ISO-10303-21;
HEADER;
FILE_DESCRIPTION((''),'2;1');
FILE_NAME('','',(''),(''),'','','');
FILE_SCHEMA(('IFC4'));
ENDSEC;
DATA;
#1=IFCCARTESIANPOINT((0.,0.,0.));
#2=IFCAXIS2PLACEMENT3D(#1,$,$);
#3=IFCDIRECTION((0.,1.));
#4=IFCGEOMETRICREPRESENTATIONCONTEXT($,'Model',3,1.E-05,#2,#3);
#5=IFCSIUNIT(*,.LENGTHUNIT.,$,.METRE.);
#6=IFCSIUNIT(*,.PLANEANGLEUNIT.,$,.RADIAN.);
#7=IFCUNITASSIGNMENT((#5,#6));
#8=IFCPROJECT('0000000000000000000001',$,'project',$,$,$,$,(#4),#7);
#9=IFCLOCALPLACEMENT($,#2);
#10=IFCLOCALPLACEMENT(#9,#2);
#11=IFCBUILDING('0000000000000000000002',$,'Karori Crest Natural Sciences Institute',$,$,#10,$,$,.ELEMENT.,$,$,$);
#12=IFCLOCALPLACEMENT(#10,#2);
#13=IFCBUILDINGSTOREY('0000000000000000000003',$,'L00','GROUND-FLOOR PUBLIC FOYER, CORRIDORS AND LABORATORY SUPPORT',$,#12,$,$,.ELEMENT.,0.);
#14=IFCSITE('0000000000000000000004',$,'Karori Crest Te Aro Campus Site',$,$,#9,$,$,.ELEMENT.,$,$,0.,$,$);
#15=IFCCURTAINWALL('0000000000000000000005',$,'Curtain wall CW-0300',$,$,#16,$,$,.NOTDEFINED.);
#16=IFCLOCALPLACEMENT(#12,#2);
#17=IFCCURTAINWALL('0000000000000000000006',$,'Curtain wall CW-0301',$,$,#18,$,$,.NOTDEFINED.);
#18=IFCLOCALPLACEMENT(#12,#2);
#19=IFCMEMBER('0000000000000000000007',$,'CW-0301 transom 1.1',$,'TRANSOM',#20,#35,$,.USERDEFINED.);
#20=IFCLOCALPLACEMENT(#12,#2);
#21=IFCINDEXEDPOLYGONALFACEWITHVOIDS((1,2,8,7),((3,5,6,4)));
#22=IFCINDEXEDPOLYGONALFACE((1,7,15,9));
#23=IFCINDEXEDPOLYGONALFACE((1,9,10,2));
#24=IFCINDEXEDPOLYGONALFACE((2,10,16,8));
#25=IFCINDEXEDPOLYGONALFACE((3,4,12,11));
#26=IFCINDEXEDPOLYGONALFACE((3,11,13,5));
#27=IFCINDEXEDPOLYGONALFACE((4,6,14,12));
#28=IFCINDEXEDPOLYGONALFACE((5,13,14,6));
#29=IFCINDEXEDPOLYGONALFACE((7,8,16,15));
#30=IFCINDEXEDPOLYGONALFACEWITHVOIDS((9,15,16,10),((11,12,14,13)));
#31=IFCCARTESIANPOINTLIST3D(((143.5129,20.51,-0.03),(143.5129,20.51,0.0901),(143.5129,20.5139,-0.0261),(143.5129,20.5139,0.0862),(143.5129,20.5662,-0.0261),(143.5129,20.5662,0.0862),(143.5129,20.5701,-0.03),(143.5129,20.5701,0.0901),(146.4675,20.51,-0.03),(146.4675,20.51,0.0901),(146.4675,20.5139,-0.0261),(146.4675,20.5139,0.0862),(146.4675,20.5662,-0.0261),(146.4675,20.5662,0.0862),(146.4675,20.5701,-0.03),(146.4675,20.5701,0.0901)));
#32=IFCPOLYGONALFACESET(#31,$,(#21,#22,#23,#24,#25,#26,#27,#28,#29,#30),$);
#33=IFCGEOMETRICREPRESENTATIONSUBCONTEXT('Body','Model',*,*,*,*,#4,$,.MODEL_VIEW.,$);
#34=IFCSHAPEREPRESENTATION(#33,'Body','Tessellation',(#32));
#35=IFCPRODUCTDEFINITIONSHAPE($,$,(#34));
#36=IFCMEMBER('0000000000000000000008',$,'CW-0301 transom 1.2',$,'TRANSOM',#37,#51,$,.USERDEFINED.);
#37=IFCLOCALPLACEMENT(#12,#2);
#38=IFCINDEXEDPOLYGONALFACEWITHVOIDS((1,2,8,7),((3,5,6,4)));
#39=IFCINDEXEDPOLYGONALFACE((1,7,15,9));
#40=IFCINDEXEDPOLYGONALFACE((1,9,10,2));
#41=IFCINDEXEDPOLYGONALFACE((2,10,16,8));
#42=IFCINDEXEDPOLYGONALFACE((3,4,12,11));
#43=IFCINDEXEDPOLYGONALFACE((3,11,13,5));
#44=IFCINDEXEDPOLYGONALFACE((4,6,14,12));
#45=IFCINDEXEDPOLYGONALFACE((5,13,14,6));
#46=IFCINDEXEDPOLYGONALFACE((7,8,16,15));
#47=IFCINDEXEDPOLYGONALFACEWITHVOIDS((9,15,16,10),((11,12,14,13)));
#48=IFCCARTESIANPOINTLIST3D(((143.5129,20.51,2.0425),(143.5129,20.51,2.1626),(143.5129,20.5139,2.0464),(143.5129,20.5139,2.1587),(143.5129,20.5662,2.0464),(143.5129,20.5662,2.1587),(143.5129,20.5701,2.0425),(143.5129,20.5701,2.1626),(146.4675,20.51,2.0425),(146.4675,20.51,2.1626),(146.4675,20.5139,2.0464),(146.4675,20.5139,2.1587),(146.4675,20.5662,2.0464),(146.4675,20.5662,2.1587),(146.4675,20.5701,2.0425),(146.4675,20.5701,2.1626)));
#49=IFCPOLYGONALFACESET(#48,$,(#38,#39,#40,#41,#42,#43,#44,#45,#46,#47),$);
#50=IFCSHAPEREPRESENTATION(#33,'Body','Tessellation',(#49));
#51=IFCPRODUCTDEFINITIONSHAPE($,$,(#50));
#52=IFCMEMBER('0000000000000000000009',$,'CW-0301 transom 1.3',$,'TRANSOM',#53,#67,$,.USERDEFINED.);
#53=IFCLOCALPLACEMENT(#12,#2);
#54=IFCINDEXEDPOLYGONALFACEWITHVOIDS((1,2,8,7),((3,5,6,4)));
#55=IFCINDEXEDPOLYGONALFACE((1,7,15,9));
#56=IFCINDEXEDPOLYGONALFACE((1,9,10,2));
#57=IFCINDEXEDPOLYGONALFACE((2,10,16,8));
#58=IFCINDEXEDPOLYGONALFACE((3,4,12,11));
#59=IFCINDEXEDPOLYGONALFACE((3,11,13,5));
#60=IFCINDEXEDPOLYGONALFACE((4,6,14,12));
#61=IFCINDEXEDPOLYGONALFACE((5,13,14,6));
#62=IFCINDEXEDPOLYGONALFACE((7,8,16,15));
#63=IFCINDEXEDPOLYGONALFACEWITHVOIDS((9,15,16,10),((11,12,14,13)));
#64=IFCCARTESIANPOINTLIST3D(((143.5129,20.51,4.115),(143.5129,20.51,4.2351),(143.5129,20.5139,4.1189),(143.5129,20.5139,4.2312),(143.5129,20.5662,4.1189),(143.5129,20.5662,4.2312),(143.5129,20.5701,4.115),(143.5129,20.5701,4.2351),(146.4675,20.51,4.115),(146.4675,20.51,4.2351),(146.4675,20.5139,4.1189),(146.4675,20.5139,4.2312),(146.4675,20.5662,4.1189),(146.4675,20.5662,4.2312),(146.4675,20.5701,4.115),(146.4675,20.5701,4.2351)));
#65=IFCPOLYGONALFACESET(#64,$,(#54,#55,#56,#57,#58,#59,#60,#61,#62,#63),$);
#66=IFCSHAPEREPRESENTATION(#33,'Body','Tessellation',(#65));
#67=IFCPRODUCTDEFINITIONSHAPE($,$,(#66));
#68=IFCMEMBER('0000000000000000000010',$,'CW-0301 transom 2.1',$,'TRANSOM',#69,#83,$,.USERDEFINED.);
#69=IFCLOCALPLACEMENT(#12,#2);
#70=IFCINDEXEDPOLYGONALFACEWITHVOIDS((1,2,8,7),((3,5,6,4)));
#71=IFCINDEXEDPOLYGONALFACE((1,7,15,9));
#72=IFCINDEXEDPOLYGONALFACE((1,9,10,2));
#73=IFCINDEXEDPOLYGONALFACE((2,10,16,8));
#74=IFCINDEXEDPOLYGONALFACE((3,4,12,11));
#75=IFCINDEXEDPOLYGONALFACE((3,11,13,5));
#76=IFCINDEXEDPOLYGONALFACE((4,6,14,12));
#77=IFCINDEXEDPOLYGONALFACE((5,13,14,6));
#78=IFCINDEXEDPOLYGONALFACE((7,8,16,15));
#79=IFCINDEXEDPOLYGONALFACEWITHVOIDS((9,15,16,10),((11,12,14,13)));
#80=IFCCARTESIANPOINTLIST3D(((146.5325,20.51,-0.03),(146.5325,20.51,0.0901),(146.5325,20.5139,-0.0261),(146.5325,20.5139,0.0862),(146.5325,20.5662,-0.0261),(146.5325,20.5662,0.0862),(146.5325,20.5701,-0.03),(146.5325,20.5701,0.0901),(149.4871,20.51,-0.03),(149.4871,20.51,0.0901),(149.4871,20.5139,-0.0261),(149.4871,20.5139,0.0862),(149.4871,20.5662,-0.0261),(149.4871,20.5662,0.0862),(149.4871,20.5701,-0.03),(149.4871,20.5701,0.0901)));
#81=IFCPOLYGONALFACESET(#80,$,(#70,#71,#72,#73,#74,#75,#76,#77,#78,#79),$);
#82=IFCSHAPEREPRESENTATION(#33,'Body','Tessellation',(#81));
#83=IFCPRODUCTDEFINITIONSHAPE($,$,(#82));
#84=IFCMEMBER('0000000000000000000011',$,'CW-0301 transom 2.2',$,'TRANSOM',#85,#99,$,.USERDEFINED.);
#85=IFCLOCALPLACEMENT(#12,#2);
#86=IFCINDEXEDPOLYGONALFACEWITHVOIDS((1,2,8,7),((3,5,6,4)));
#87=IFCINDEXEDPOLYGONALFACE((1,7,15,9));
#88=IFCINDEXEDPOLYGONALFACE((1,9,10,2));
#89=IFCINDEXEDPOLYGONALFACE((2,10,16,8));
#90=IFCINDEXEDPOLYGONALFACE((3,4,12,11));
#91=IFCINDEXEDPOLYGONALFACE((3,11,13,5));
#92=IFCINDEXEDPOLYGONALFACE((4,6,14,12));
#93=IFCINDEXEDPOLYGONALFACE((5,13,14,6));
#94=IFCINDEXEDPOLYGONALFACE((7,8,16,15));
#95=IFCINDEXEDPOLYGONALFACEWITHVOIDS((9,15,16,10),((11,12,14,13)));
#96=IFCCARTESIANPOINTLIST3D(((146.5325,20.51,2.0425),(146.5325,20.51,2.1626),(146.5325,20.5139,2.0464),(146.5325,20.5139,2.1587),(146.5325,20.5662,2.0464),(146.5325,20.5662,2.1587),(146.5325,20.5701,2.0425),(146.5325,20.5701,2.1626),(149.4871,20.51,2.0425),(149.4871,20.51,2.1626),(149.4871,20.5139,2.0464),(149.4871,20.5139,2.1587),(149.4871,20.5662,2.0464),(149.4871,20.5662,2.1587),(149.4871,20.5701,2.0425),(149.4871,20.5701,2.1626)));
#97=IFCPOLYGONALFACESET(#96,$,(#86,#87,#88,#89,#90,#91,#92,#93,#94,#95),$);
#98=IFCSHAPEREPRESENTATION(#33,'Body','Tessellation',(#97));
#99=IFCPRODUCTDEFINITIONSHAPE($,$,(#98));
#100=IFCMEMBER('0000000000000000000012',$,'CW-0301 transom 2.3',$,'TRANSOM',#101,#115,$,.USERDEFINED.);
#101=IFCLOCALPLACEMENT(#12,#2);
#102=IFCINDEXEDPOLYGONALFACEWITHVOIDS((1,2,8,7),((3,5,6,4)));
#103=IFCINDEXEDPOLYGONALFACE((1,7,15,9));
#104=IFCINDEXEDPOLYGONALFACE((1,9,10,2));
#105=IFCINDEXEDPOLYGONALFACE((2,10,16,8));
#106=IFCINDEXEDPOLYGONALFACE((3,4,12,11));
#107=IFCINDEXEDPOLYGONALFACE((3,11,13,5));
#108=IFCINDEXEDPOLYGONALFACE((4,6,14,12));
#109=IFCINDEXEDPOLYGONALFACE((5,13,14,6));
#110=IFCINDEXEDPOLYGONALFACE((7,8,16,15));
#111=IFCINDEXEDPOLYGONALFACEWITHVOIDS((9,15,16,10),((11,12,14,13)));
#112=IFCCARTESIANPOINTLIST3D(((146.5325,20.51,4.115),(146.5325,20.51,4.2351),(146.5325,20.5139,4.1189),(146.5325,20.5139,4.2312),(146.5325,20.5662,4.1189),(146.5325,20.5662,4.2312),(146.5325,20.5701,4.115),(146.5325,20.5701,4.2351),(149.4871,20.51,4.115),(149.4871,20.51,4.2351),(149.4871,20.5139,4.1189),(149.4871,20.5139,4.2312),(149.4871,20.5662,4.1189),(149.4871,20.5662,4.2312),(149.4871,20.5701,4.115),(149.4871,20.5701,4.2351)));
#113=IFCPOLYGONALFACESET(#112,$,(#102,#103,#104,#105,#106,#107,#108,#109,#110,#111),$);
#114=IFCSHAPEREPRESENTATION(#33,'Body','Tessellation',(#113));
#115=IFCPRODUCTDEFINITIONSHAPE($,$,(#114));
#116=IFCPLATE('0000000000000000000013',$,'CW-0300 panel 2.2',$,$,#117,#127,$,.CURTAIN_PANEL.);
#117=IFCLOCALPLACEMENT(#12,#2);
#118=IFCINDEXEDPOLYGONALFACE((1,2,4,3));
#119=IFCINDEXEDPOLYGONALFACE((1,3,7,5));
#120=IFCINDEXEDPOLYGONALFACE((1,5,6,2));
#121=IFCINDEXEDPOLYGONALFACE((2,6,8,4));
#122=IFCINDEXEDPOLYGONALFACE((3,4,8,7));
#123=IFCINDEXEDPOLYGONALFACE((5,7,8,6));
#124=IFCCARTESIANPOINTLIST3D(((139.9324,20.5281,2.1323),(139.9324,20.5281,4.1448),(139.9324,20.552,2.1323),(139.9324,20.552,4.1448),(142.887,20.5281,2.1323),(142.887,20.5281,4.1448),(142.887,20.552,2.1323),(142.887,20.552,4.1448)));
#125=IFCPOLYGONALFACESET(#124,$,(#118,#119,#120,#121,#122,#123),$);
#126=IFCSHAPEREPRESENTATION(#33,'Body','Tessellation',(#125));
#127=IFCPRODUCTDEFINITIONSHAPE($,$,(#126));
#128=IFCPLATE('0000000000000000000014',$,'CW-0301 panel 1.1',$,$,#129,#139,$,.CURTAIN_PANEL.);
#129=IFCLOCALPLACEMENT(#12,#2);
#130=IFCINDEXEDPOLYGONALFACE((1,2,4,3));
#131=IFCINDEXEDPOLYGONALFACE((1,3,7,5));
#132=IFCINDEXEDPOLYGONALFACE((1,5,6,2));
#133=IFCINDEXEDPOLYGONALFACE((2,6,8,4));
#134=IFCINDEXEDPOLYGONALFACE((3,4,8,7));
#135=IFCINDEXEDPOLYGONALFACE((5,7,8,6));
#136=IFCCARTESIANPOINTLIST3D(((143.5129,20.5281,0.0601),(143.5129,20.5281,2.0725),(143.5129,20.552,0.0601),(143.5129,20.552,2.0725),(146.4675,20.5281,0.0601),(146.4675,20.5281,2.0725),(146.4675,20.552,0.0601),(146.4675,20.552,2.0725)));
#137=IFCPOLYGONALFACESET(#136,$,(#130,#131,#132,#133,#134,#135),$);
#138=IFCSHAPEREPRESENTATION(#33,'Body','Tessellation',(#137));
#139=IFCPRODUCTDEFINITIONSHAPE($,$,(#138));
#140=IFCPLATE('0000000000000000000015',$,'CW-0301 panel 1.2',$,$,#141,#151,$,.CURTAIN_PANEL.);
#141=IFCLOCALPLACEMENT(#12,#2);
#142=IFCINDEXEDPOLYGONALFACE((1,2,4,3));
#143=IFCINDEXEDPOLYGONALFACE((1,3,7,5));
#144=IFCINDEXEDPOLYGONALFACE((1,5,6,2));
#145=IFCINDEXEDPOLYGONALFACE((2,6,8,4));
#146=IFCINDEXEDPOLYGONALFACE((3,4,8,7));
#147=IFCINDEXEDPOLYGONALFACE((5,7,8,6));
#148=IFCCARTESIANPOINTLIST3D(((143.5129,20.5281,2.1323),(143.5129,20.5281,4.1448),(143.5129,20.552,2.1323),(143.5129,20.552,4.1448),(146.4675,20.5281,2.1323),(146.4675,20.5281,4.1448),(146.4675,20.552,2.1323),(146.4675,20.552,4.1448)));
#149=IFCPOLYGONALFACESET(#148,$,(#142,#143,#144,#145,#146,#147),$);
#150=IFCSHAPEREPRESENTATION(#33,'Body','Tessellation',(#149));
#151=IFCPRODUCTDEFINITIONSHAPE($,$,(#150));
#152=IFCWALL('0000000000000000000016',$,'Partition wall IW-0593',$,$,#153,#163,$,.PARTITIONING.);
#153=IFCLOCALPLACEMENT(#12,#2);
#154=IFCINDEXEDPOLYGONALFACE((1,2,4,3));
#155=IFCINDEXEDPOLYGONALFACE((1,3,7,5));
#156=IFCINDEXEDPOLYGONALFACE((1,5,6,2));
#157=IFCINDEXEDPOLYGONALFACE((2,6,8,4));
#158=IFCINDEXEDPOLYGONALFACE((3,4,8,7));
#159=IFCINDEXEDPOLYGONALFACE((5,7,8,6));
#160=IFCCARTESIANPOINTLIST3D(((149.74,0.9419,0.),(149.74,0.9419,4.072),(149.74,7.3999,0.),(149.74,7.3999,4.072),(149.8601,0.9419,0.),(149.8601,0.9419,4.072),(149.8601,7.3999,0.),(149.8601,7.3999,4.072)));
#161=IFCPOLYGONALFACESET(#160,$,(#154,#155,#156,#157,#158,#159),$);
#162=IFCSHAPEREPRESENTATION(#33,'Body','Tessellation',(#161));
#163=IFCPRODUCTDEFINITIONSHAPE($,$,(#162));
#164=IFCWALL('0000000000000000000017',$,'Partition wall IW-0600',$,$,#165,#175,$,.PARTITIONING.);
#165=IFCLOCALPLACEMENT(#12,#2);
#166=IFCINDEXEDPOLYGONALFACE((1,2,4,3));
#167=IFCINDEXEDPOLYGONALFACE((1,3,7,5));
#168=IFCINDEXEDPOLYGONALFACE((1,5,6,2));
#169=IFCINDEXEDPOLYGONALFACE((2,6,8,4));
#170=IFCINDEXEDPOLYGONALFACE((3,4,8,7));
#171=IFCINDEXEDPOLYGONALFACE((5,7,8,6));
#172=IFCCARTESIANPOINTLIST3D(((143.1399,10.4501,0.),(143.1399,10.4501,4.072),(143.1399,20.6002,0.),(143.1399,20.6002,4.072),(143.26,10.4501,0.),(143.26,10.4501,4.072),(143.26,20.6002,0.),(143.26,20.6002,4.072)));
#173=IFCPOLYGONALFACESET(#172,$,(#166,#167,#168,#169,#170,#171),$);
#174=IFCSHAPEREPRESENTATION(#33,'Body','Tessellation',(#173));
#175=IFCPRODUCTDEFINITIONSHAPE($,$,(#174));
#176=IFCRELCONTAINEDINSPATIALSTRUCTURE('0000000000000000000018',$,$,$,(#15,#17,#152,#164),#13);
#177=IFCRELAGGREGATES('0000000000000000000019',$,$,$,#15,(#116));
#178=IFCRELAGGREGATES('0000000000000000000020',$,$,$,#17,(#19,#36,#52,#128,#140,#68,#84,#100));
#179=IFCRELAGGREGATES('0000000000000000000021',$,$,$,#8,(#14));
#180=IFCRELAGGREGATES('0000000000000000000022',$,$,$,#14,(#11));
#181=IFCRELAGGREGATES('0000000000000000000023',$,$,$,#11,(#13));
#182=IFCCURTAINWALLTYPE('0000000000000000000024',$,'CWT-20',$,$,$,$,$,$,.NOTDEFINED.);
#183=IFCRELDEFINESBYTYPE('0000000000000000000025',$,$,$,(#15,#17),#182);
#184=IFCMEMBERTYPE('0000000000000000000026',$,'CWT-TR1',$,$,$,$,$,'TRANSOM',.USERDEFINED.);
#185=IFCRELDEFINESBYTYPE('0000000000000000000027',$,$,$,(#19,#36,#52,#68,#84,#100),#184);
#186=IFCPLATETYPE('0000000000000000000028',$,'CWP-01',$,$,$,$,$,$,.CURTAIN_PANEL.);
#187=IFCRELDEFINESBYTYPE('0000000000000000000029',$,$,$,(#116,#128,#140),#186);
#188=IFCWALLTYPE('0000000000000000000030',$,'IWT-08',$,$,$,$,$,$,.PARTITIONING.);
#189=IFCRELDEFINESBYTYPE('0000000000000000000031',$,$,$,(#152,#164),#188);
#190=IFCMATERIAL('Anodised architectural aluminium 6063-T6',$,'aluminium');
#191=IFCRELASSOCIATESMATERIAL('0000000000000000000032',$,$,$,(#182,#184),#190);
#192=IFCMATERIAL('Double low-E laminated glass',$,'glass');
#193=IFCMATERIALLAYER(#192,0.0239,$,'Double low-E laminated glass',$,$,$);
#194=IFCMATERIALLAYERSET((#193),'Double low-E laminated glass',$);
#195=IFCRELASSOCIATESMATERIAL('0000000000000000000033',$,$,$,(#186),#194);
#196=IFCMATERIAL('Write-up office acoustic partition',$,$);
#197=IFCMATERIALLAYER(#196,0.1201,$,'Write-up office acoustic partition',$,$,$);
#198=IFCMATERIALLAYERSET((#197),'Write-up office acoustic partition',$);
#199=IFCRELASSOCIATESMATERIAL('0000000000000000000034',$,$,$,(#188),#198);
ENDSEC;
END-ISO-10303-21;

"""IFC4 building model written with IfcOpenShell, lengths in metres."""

from ifc_helpers import new_model, si_unit, direction, frame, frame_2d, origin, origin_2d, place, context, subcontext, project, spatial, rectangle, hollow_rectangle, extrude, material, layer, layer_set, material_profile, profile_set, type_object, element, aggregate, save


model = new_model("IFC4")

# Units and contexts
model_context = context("Model", 3, precision=1e-05, world=origin(), true_north=direction((0.0, 1.0)))
body_context = subcontext(model_context, "Body", "Model", "MODEL_VIEW")
ifc_project = project(units=[si_unit("LENGTHUNIT", "METRE"), si_unit("PLANEANGLEUNIT", "RADIAN")], contexts=[model_context])

# Site, building, storey
site_placement = place(None, origin())
site = spatial("IfcSite", under=ifc_project, at=site_placement, Name="Karori Crest Te Aro Campus Site", CompositionType="ELEMENT", RefElevation=0.0)
building_placement = place(site_placement, origin())
building = spatial("IfcBuilding", under=site, at=building_placement, Name="Karori Crest Natural Sciences Institute", CompositionType="ELEMENT")
storey_placement = place(building_placement, origin())
storey = spatial("IfcBuildingStorey", under=building, at=storey_placement, Name="L00", Description="GROUND-FLOOR PUBLIC FOYER, CORRIDORS AND LABORATORY SUPPORT", CompositionType="ELEMENT", Elevation=0.0)

# Curtain wall
ifc_material_1 = material(Name="Anodised architectural aluminium 6063-T6", Category="aluminium")
curtain_wall_type = type_object("IfcCurtainWallType", Name="CWT-20", PredefinedType="NOTDEFINED", material=ifc_material_1)
curtain_wall_1_placement = place(storey_placement, origin())
curtain_wall_1 = element("IfcCurtainWall", 1, at=curtain_wall_1_placement, inside=storey, type_object=curtain_wall_type, Name="Curtain wall CW-0300", PredefinedType="NOTDEFINED")

# Curtain wall, members
curtain_wall_2_placement = place(storey_placement, origin())
curtain_wall_2 = element("IfcCurtainWall", 2, at=curtain_wall_2_placement, inside=storey, type_object=curtain_wall_type, Name="Curtain wall CW-0301", PredefinedType="NOTDEFINED")
ifc_material_profile_1 = material_profile(ifc_material_1, hollow_rectangle(XDim=0.0601, YDim=0.1201, WallThickness=0.0039, at=origin_2d()), Name="CWT120x60x4")
ifc_profile_set_1 = profile_set([ifc_material_profile_1], Name="Anodised architectural aluminium 6063-T6")
member_type_1 = type_object("IfcMemberType", Name="CWT-TR1", ElementType="TRANSOM", PredefinedType="USERDEFINED", material=ifc_profile_set_1)
member_1_placement = place(storey_placement, frame((143.5129, 20.54, 0.03), z_axis=(1.0, 0.0, 0.0), x_axis=(0.0, 1.0, 0.0)))
member_1 = element("IfcMember", 3, at=member_1_placement, type_object=member_type_1, Name="CW-0301 transom 1.1", ObjectType="TRANSOM", PredefinedType="USERDEFINED", context=body_context, shape_type="SweptSolid", body=[
    extrude(hollow_rectangle(XDim=0.0601, YDim=0.1201, WallThickness=0.0039, at=origin_2d()), origin(), (0.0, 0.0, 1.0), 2.9546),
])
member_2_placement = place(storey_placement, frame((143.5129, 20.54, 2.1025), z_axis=(1.0, 0.0, 0.0), x_axis=(0.0, 1.0, 0.0)))
member_2 = element("IfcMember", 4, at=member_2_placement, type_object=member_type_1, Name="CW-0301 transom 1.2", ObjectType="TRANSOM", PredefinedType="USERDEFINED", context=body_context, shape_type="SweptSolid", body=[
    extrude(hollow_rectangle(XDim=0.0601, YDim=0.1201, WallThickness=0.0039, at=origin_2d()), origin(), (0.0, 0.0, 1.0), 2.9546),
])
member_3_placement = place(storey_placement, frame((143.5129, 20.54, 4.175), z_axis=(1.0, 0.0, 0.0), x_axis=(0.0, 1.0, 0.0)))
member_3 = element("IfcMember", 5, at=member_3_placement, type_object=member_type_1, Name="CW-0301 transom 1.3", ObjectType="TRANSOM", PredefinedType="USERDEFINED", context=body_context, shape_type="SweptSolid", body=[
    extrude(hollow_rectangle(XDim=0.0601, YDim=0.1201, WallThickness=0.0039, at=origin_2d()), origin(), (0.0, 0.0, 1.0), 2.9546),
])
member_4_placement = place(storey_placement, frame((146.5325, 20.54, 0.03), z_axis=(1.0, 0.0, 0.0), x_axis=(0.0, 1.0, 0.0)))
member_4 = element("IfcMember", 6, at=member_4_placement, type_object=member_type_1, Name="CW-0301 transom 2.1", ObjectType="TRANSOM", PredefinedType="USERDEFINED", context=body_context, shape_type="SweptSolid", body=[
    extrude(hollow_rectangle(XDim=0.0601, YDim=0.1201, WallThickness=0.0039, at=origin_2d()), origin(), (0.0, 0.0, 1.0), 2.9546),
])
member_5_placement = place(storey_placement, frame((146.5325, 20.54, 2.1025), z_axis=(1.0, 0.0, 0.0), x_axis=(0.0, 1.0, 0.0)))
member_5 = element("IfcMember", 7, at=member_5_placement, type_object=member_type_1, Name="CW-0301 transom 2.2", ObjectType="TRANSOM", PredefinedType="USERDEFINED", context=body_context, shape_type="SweptSolid", body=[
    extrude(hollow_rectangle(XDim=0.0601, YDim=0.1201, WallThickness=0.0039, at=origin_2d()), origin(), (0.0, 0.0, 1.0), 2.9546),
])
member_6_placement = place(storey_placement, frame((146.5325, 20.54, 4.175), z_axis=(1.0, 0.0, 0.0), x_axis=(0.0, 1.0, 0.0)))
member_6 = element("IfcMember", 8, at=member_6_placement, type_object=member_type_1, Name="CW-0301 transom 2.3", ObjectType="TRANSOM", PredefinedType="USERDEFINED", context=body_context, shape_type="SweptSolid", body=[
    extrude(hollow_rectangle(XDim=0.0601, YDim=0.1201, WallThickness=0.0039, at=origin_2d()), origin(), (0.0, 0.0, 1.0), 2.9546),
])

# Plates
ifc_material_2 = material(Name="Double low-E laminated glass", Category="glass")
ifc_layer_1 = layer(ifc_material_2, 0.0239, Name="Double low-E laminated glass")
ifc_layer_set_1 = layer_set([ifc_layer_1], Name="Double low-E laminated glass")
plate_type = type_object("IfcPlateType", Name="CWP-01", PredefinedType="CURTAIN_PANEL", material=ifc_layer_set_1)
plate_1_placement = place(storey_placement, frame((141.4097, 20.54, 2.1323), z_axis=(0.0, 0.0, 1.0), x_axis=(1.0, 0.0, 0.0)))
plate_1 = element("IfcPlate", 9, at=plate_1_placement, type_object=plate_type, Name="CW-0300 panel 2.2", PredefinedType="CURTAIN_PANEL", context=body_context, shape_type="SweptSolid", body=[
    extrude(rectangle(XDim=2.9546, YDim=0.0239, at=origin_2d()), origin(), (0.0, 0.0, 1.0), 2.0125),
])
aggregate(curtain_wall_1, [plate_1])
plate_2_placement = place(storey_placement, frame((144.9902, 20.54, 0.0601), z_axis=(0.0, 0.0, 1.0), x_axis=(1.0, 0.0, 0.0)))
plate_2 = element("IfcPlate", 10, at=plate_2_placement, type_object=plate_type, Name="CW-0301 panel 1.1", PredefinedType="CURTAIN_PANEL", context=body_context, shape_type="SweptSolid", body=[
    extrude(rectangle(XDim=2.9546, YDim=0.0239, at=origin_2d()), origin(), (0.0, 0.0, 1.0), 2.0125),
])
plate_3_placement = place(storey_placement, frame((144.9902, 20.54, 2.1323), z_axis=(0.0, 0.0, 1.0), x_axis=(1.0, 0.0, 0.0)))
plate_3 = element("IfcPlate", 11, at=plate_3_placement, type_object=plate_type, Name="CW-0301 panel 1.2", PredefinedType="CURTAIN_PANEL", context=body_context, shape_type="SweptSolid", body=[
    extrude(rectangle(XDim=2.9546, YDim=0.0239, at=origin_2d()), origin(), (0.0, 0.0, 1.0), 2.0125),
])
aggregate(curtain_wall_2, [member_1, member_2, member_3, plate_2, plate_3, member_4, member_5, member_6])

# Walls
ifc_material_3 = material(Name="Write-up office acoustic partition")
ifc_layer_2 = layer(ifc_material_3, 0.1201, Name="Write-up office acoustic partition")
ifc_layer_set_2 = layer_set([ifc_layer_2], Name="Write-up office acoustic partition")
wall_type = type_object("IfcWallType", Name="IWT-08", PredefinedType="PARTITIONING", material=ifc_layer_set_2)
wall_1_placement = place(storey_placement, frame((149.8, 0.9419, 0.0), z_axis=(0.0, 0.0, 1.0), x_axis=(0.0, 1.0, 0.0)))
element("IfcWall", 12, at=wall_1_placement, inside=storey, type_object=wall_type, Name="Partition wall IW-0593", PredefinedType="PARTITIONING", context=body_context, shape_type="SweptSolid", body=[
    extrude(rectangle(XDim=6.458, YDim=0.1201, at=frame_2d((3.229, 0.0))), origin(), (0.0, 0.0, 1.0), 4.072),
])
wall_2_placement = place(storey_placement, frame((143.2, 10.45, 0.0), z_axis=(0.0, 0.0, 1.0), x_axis=(0.0, 1.0, 0.0)))
element("IfcWall", 13, at=wall_2_placement, inside=storey, type_object=wall_type, Name="Partition wall IW-0600", PredefinedType="PARTITIONING", context=body_context, shape_type="SweptSolid", body=[
    extrude(rectangle(XDim=10.1501, YDim=0.1201, at=frame_2d((5.0752, 0.0))), origin(), (0.0, 0.0, 1.0), 4.072),
])

save(model, "model.ifc")
